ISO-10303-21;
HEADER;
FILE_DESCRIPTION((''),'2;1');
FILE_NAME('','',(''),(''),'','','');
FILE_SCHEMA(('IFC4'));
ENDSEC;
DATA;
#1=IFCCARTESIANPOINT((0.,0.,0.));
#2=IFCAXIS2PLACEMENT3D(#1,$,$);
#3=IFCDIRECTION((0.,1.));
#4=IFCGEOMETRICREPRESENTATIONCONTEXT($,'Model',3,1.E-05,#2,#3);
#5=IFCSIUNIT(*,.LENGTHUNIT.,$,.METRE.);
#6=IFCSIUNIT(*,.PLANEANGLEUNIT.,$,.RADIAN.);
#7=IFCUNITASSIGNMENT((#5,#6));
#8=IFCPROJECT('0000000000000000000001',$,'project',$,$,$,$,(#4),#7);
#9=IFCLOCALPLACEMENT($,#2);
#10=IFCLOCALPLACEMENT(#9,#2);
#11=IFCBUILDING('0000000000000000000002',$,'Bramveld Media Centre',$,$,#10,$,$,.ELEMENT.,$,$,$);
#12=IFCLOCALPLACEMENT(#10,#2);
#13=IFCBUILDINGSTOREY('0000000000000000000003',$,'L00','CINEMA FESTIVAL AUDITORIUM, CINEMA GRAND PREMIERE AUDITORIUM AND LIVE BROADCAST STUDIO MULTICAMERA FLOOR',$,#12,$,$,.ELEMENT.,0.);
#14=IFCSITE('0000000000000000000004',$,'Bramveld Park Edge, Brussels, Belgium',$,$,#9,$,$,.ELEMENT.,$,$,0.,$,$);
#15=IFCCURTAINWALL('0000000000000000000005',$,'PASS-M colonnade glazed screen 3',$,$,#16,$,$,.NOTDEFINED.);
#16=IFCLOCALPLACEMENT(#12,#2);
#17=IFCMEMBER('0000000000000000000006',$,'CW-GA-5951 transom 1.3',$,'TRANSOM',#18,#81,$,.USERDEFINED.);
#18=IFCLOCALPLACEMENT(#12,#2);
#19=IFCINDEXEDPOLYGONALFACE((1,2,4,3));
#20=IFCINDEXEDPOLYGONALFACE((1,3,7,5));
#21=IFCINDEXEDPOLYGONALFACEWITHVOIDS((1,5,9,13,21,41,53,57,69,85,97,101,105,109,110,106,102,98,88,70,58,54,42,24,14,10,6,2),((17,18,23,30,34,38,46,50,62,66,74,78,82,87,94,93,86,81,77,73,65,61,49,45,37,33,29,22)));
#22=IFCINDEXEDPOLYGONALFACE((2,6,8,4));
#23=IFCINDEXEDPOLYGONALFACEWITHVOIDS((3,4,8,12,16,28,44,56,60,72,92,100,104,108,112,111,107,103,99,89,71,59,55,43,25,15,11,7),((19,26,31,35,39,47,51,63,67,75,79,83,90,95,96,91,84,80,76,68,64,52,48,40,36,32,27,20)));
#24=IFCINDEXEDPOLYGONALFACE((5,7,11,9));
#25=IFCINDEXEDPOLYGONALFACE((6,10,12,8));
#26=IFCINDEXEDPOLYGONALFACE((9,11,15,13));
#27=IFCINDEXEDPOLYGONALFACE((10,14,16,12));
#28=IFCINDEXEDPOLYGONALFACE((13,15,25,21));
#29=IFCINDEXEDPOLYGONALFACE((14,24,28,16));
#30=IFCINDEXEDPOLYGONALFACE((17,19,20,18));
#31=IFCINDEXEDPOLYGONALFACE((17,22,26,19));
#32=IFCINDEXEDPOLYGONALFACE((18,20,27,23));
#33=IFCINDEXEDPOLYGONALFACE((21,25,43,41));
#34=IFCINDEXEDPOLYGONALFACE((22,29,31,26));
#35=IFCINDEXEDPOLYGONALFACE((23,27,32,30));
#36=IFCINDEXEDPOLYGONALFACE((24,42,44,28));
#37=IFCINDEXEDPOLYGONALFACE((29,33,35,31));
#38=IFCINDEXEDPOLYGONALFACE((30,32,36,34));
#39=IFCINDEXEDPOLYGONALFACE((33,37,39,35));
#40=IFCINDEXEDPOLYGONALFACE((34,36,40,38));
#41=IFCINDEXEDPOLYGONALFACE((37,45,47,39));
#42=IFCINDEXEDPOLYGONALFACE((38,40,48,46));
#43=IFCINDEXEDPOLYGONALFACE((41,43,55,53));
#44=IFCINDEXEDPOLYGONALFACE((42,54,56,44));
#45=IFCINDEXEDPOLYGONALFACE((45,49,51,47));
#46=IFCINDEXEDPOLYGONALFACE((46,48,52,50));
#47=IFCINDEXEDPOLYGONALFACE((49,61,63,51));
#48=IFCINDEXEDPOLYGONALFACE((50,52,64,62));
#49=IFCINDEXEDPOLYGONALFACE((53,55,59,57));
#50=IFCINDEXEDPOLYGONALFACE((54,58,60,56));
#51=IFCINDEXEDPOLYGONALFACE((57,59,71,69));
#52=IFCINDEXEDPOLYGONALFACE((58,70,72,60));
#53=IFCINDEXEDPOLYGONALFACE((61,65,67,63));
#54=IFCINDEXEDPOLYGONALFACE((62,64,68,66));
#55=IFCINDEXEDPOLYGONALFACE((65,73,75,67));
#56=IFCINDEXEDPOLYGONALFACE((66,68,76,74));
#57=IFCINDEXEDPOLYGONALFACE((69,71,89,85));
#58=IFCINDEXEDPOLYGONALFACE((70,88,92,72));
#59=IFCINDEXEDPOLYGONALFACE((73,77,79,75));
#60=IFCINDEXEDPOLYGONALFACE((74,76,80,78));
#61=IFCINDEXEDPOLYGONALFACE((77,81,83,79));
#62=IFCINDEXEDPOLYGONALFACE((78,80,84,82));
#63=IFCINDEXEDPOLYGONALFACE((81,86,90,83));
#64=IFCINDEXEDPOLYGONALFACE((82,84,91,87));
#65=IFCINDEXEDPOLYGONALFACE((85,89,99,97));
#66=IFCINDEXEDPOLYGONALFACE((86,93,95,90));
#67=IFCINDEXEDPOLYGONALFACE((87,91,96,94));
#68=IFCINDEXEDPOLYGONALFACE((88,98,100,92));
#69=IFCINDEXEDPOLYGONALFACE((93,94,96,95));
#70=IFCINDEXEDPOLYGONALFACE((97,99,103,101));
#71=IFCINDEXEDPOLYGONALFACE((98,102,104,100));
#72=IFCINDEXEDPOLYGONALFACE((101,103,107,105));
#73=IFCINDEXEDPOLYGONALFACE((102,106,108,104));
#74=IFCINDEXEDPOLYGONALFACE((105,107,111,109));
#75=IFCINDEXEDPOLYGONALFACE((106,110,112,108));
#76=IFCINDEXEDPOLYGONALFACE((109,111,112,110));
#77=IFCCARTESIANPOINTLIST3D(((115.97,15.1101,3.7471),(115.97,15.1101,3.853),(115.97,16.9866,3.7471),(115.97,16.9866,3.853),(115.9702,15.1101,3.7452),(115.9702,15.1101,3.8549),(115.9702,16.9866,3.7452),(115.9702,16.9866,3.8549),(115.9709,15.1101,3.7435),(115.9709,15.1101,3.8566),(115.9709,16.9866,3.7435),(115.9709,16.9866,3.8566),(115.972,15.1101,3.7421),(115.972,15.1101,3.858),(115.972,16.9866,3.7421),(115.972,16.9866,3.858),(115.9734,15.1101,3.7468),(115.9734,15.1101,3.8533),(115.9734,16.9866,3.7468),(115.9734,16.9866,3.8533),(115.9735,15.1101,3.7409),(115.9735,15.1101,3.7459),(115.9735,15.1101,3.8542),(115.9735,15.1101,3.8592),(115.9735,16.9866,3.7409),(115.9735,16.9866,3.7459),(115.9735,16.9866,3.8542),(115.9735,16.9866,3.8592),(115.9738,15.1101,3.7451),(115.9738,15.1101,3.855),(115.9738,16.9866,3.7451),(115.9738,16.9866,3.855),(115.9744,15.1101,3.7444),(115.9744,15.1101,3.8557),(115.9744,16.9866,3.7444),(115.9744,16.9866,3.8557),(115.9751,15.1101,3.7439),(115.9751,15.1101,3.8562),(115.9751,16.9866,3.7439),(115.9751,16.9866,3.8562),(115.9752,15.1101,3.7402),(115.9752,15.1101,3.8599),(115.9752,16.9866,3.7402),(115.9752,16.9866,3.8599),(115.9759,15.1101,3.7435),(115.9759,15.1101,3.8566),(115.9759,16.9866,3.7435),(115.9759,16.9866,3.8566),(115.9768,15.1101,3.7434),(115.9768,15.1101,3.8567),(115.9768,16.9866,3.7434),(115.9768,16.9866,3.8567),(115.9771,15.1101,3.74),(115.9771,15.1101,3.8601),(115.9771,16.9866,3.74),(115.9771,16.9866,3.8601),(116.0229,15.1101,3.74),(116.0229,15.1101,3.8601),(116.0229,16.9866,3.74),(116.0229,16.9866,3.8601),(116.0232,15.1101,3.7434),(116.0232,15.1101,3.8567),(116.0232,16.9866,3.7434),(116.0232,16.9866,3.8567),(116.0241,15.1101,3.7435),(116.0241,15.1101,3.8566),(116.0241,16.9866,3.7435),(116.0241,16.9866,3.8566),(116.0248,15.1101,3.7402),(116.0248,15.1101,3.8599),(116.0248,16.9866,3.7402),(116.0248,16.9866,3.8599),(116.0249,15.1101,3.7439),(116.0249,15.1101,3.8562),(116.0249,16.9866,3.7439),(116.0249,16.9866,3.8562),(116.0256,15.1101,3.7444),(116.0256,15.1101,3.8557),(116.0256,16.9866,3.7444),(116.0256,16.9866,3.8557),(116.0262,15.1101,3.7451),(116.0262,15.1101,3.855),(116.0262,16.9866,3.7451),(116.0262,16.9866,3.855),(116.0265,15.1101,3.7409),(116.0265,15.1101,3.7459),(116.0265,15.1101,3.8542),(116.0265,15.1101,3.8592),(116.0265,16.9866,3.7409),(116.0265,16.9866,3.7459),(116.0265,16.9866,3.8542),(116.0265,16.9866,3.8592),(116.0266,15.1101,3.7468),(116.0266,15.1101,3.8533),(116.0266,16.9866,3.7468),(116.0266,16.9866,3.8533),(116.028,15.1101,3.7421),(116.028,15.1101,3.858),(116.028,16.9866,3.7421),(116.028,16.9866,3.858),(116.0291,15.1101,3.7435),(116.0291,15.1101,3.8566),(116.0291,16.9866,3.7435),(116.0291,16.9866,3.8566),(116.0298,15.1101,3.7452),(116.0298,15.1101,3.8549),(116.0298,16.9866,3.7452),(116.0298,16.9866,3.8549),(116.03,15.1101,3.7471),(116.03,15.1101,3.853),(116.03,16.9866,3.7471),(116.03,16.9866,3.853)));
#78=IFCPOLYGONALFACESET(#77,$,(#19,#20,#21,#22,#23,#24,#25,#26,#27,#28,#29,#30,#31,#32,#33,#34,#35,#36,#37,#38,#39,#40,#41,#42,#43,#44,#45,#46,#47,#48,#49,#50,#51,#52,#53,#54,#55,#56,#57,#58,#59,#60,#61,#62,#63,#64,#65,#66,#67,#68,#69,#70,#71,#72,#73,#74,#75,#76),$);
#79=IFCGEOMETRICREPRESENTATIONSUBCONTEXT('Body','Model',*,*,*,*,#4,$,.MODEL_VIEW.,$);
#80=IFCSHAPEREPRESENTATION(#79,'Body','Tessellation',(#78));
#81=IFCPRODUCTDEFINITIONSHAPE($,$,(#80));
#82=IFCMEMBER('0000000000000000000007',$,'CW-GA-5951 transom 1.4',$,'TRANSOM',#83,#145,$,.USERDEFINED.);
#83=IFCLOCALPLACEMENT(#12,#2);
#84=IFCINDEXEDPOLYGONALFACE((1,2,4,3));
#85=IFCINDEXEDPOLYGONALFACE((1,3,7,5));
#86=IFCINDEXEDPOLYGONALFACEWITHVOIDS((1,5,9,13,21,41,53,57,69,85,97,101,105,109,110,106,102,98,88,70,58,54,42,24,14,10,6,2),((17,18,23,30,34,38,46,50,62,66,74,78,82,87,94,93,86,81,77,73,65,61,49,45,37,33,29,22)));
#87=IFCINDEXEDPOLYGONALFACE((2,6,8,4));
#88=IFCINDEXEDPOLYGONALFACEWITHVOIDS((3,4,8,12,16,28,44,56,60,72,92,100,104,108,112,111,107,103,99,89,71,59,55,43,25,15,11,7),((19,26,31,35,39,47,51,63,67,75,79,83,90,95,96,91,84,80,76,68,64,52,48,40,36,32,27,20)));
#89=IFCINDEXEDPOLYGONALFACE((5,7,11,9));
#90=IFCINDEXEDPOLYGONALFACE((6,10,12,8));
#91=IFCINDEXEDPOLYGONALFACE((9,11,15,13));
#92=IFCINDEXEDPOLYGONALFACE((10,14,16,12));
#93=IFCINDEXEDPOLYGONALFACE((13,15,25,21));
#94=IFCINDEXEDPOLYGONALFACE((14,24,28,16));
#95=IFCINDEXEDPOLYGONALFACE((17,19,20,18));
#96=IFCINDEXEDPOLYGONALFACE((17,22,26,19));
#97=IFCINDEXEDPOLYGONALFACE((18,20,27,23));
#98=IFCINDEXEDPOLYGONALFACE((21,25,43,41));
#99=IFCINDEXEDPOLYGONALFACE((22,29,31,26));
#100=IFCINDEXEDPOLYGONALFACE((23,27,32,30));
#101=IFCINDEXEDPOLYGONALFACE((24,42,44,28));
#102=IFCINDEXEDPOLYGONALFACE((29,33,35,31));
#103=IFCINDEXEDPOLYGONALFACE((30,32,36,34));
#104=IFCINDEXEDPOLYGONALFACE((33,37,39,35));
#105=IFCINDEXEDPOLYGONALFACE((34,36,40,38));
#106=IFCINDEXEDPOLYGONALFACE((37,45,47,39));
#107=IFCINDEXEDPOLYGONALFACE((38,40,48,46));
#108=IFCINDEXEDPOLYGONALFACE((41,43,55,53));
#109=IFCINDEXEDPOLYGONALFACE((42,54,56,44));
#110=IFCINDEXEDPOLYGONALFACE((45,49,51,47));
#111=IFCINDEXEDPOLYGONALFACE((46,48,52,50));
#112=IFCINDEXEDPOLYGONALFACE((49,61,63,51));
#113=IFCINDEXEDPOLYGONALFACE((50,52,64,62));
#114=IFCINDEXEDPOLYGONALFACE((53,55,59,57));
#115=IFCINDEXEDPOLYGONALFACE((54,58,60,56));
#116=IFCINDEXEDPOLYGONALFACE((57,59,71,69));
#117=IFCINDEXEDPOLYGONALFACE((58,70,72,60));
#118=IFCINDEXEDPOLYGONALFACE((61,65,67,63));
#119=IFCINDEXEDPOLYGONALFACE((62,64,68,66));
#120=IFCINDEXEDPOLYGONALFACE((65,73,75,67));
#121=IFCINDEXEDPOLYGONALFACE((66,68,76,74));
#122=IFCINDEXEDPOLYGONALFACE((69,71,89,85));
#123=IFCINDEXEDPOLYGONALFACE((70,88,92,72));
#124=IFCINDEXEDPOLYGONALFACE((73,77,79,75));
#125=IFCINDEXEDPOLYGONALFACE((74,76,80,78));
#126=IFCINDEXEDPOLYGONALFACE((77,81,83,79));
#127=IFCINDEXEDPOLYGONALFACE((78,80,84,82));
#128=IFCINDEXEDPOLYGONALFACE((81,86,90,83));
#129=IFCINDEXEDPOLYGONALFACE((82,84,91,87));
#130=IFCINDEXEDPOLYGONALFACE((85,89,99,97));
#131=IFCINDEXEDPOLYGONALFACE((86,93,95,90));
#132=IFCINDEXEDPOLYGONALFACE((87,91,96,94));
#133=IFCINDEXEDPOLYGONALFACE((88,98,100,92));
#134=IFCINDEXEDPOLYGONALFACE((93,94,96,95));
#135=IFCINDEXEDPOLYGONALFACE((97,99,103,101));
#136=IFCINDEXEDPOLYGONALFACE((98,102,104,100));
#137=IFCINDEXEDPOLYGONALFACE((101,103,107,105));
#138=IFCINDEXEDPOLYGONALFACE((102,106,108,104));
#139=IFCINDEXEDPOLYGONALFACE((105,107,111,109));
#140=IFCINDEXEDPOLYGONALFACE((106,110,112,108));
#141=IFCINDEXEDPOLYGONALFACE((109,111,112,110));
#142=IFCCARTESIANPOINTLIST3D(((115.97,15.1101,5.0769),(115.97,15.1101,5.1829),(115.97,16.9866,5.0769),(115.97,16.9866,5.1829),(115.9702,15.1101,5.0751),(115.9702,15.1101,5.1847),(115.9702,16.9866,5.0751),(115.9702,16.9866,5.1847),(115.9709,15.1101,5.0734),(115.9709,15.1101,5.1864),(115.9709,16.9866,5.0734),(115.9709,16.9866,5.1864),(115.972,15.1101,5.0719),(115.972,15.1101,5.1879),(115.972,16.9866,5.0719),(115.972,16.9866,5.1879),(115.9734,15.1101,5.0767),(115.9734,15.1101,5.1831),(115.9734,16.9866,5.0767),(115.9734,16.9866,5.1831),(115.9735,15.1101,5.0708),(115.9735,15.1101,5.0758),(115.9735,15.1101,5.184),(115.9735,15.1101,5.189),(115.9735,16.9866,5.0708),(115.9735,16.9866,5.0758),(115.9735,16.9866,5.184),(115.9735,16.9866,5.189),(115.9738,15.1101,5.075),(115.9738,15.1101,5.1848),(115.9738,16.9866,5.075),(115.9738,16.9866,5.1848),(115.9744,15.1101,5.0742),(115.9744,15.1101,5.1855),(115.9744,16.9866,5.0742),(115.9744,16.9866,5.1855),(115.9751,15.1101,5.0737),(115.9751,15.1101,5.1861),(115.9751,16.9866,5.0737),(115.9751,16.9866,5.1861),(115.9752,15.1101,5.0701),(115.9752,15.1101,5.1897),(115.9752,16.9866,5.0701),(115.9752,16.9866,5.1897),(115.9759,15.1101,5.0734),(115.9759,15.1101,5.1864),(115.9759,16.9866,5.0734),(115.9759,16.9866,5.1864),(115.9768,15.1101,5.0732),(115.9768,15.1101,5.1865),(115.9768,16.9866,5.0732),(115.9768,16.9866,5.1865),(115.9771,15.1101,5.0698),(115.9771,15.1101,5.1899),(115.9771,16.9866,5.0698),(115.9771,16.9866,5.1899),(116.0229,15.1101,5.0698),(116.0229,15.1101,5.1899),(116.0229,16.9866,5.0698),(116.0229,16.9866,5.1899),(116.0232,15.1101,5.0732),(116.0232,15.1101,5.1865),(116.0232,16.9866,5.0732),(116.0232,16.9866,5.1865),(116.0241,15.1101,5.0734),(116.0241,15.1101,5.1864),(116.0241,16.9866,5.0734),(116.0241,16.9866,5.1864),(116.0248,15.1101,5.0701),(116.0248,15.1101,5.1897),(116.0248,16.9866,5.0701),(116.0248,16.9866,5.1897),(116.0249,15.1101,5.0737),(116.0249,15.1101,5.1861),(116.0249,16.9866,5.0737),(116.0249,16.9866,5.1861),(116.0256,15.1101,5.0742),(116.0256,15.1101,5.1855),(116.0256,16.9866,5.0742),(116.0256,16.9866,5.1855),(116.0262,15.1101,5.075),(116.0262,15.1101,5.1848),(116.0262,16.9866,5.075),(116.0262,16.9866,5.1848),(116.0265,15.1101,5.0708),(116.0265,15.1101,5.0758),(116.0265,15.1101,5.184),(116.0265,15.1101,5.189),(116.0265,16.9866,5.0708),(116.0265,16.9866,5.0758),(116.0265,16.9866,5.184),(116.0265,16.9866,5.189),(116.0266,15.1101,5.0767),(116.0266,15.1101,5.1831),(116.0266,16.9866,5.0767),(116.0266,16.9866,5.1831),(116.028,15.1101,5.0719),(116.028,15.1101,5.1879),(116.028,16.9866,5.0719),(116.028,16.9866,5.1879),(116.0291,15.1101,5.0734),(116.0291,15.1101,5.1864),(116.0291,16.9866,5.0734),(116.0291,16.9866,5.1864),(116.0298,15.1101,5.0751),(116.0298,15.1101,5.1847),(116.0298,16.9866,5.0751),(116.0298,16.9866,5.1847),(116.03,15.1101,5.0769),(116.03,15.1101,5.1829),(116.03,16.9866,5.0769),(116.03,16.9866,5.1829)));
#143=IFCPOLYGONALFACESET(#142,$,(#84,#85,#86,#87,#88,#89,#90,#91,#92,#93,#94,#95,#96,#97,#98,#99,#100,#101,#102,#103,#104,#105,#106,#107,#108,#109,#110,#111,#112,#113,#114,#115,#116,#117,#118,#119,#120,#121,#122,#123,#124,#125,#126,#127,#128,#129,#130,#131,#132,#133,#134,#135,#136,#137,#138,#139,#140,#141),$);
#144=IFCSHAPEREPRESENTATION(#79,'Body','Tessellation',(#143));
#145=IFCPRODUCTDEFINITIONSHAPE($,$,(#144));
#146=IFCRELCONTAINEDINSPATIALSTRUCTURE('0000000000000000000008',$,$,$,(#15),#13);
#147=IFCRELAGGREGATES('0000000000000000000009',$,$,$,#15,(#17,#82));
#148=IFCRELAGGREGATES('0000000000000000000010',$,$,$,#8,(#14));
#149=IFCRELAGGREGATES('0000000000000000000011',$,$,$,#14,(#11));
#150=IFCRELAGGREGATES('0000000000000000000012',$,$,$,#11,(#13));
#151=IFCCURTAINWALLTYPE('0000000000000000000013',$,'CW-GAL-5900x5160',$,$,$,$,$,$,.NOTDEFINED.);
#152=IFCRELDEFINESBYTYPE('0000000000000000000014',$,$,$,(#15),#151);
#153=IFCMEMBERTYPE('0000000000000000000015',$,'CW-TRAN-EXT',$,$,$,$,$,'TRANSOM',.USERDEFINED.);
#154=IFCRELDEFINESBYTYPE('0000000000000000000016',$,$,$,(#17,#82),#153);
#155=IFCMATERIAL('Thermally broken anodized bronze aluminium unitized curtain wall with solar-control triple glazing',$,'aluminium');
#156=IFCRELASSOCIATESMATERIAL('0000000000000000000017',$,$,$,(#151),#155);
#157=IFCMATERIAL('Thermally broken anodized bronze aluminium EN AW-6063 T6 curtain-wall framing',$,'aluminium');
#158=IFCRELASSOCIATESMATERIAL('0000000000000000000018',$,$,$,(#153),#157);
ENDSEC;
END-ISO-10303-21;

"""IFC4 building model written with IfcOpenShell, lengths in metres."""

from ifc_helpers import new_model, si_unit, direction, frame, origin, origin_2d, place, context, subcontext, project, spatial, hollow_rectangle, extrude, material, material_profile, profile_set, type_object, element, aggregate, save


model = new_model("IFC4")

# Units and contexts
model_context = context("Model", 3, precision=1e-05, world=origin(), true_north=direction((0.0, 1.0)))
body_context = subcontext(model_context, "Body", "Model", "MODEL_VIEW")
ifc_project = project(units=[si_unit("LENGTHUNIT", "METRE"), si_unit("PLANEANGLEUNIT", "RADIAN")], contexts=[model_context])

# Site, building, storey
site_placement = place(None, origin())
site = spatial("IfcSite", under=ifc_project, at=site_placement, Name="Bramveld Park Edge, Brussels, Belgium", CompositionType="ELEMENT", RefElevation=0.0)
building_placement = place(site_placement, origin())
building = spatial("IfcBuilding", under=site, at=building_placement, Name="Bramveld Media Centre", CompositionType="ELEMENT")
storey_placement = place(building_placement, origin())
storey = spatial("IfcBuildingStorey", under=building, at=storey_placement, Name="L00", Description="CINEMA FESTIVAL AUDITORIUM, CINEMA GRAND PREMIERE AUDITORIUM AND LIVE BROADCAST STUDIO MULTICAMERA FLOOR", CompositionType="ELEMENT", Elevation=0.0)

# Curtain wall
ifc_material_1 = material(Name="Thermally broken anodized bronze aluminium unitized curtain wall with solar-control triple glazing", Category="aluminium")
curtain_wall_type = type_object("IfcCurtainWallType", Name="CW-GAL-5900x5160", PredefinedType="NOTDEFINED", material=ifc_material_1)
curtain_wall_1_placement = place(storey_placement, origin())
curtain_wall_1 = element("IfcCurtainWall", 1, at=curtain_wall_1_placement, inside=storey, type_object=curtain_wall_type, Name="PASS-M colonnade glazed screen 3", PredefinedType="NOTDEFINED")

# Members
ifc_material_2 = material(Name="Thermally broken anodized bronze aluminium EN AW-6063 T6 curtain-wall framing", Category="aluminium")
ifc_material_profile_1 = material_profile(ifc_material_2, hollow_rectangle(XDim=0.0601, YDim=0.1201, WallThickness=0.0034, InnerFilletRadius=0.0034, OuterFilletRadius=0.0071, at=origin_2d()), Name="AL-TRAN 60x120")
ifc_profile_set_1 = profile_set([ifc_material_profile_1], Name="Thermally broken anodized bronze aluminium EN AW-6063 T6 curtain-wall framing")
member_type_1 = type_object("IfcMemberType", Name="CW-TRAN-EXT", ElementType="TRANSOM", PredefinedType="USERDEFINED", material=ifc_profile_set_1)
member_1_placement = place(storey_placement, frame((116.0, 15.1101, 3.8), z_axis=(0.0, 1.0, 0.0), x_axis=(-1.0, 0.0, 0.0)))
member_1 = element("IfcMember", 2, at=member_1_placement, type_object=member_type_1, Name="CW-GA-5951 transom 1.3", ObjectType="TRANSOM", PredefinedType="USERDEFINED", context=body_context, shape_type="SweptSolid", body=[
    extrude(hollow_rectangle(XDim=0.0601, YDim=0.1201, WallThickness=0.0034, InnerFilletRadius=0.0034, OuterFilletRadius=0.0071, at=origin_2d()), origin(), (0.0, 0.0, 1.0), 1.8765),
])
member_2_placement = place(storey_placement, frame((116.0, 15.1101, 5.1299), z_axis=(0.0, 1.0, 0.0), x_axis=(-1.0, 0.0, 0.0)))
member_2 = element("IfcMember", 3, at=member_2_placement, type_object=member_type_1, Name="CW-GA-5951 transom 1.4", ObjectType="TRANSOM", PredefinedType="USERDEFINED", context=body_context, shape_type="SweptSolid", body=[
    extrude(hollow_rectangle(XDim=0.0601, YDim=0.1201, WallThickness=0.0034, InnerFilletRadius=0.0034, OuterFilletRadius=0.0071, at=origin_2d()), origin(), (0.0, 0.0, 1.0), 1.8765),
])

aggregate(curtain_wall_1, [member_1, member_2])

save(model, "model.ifc")
